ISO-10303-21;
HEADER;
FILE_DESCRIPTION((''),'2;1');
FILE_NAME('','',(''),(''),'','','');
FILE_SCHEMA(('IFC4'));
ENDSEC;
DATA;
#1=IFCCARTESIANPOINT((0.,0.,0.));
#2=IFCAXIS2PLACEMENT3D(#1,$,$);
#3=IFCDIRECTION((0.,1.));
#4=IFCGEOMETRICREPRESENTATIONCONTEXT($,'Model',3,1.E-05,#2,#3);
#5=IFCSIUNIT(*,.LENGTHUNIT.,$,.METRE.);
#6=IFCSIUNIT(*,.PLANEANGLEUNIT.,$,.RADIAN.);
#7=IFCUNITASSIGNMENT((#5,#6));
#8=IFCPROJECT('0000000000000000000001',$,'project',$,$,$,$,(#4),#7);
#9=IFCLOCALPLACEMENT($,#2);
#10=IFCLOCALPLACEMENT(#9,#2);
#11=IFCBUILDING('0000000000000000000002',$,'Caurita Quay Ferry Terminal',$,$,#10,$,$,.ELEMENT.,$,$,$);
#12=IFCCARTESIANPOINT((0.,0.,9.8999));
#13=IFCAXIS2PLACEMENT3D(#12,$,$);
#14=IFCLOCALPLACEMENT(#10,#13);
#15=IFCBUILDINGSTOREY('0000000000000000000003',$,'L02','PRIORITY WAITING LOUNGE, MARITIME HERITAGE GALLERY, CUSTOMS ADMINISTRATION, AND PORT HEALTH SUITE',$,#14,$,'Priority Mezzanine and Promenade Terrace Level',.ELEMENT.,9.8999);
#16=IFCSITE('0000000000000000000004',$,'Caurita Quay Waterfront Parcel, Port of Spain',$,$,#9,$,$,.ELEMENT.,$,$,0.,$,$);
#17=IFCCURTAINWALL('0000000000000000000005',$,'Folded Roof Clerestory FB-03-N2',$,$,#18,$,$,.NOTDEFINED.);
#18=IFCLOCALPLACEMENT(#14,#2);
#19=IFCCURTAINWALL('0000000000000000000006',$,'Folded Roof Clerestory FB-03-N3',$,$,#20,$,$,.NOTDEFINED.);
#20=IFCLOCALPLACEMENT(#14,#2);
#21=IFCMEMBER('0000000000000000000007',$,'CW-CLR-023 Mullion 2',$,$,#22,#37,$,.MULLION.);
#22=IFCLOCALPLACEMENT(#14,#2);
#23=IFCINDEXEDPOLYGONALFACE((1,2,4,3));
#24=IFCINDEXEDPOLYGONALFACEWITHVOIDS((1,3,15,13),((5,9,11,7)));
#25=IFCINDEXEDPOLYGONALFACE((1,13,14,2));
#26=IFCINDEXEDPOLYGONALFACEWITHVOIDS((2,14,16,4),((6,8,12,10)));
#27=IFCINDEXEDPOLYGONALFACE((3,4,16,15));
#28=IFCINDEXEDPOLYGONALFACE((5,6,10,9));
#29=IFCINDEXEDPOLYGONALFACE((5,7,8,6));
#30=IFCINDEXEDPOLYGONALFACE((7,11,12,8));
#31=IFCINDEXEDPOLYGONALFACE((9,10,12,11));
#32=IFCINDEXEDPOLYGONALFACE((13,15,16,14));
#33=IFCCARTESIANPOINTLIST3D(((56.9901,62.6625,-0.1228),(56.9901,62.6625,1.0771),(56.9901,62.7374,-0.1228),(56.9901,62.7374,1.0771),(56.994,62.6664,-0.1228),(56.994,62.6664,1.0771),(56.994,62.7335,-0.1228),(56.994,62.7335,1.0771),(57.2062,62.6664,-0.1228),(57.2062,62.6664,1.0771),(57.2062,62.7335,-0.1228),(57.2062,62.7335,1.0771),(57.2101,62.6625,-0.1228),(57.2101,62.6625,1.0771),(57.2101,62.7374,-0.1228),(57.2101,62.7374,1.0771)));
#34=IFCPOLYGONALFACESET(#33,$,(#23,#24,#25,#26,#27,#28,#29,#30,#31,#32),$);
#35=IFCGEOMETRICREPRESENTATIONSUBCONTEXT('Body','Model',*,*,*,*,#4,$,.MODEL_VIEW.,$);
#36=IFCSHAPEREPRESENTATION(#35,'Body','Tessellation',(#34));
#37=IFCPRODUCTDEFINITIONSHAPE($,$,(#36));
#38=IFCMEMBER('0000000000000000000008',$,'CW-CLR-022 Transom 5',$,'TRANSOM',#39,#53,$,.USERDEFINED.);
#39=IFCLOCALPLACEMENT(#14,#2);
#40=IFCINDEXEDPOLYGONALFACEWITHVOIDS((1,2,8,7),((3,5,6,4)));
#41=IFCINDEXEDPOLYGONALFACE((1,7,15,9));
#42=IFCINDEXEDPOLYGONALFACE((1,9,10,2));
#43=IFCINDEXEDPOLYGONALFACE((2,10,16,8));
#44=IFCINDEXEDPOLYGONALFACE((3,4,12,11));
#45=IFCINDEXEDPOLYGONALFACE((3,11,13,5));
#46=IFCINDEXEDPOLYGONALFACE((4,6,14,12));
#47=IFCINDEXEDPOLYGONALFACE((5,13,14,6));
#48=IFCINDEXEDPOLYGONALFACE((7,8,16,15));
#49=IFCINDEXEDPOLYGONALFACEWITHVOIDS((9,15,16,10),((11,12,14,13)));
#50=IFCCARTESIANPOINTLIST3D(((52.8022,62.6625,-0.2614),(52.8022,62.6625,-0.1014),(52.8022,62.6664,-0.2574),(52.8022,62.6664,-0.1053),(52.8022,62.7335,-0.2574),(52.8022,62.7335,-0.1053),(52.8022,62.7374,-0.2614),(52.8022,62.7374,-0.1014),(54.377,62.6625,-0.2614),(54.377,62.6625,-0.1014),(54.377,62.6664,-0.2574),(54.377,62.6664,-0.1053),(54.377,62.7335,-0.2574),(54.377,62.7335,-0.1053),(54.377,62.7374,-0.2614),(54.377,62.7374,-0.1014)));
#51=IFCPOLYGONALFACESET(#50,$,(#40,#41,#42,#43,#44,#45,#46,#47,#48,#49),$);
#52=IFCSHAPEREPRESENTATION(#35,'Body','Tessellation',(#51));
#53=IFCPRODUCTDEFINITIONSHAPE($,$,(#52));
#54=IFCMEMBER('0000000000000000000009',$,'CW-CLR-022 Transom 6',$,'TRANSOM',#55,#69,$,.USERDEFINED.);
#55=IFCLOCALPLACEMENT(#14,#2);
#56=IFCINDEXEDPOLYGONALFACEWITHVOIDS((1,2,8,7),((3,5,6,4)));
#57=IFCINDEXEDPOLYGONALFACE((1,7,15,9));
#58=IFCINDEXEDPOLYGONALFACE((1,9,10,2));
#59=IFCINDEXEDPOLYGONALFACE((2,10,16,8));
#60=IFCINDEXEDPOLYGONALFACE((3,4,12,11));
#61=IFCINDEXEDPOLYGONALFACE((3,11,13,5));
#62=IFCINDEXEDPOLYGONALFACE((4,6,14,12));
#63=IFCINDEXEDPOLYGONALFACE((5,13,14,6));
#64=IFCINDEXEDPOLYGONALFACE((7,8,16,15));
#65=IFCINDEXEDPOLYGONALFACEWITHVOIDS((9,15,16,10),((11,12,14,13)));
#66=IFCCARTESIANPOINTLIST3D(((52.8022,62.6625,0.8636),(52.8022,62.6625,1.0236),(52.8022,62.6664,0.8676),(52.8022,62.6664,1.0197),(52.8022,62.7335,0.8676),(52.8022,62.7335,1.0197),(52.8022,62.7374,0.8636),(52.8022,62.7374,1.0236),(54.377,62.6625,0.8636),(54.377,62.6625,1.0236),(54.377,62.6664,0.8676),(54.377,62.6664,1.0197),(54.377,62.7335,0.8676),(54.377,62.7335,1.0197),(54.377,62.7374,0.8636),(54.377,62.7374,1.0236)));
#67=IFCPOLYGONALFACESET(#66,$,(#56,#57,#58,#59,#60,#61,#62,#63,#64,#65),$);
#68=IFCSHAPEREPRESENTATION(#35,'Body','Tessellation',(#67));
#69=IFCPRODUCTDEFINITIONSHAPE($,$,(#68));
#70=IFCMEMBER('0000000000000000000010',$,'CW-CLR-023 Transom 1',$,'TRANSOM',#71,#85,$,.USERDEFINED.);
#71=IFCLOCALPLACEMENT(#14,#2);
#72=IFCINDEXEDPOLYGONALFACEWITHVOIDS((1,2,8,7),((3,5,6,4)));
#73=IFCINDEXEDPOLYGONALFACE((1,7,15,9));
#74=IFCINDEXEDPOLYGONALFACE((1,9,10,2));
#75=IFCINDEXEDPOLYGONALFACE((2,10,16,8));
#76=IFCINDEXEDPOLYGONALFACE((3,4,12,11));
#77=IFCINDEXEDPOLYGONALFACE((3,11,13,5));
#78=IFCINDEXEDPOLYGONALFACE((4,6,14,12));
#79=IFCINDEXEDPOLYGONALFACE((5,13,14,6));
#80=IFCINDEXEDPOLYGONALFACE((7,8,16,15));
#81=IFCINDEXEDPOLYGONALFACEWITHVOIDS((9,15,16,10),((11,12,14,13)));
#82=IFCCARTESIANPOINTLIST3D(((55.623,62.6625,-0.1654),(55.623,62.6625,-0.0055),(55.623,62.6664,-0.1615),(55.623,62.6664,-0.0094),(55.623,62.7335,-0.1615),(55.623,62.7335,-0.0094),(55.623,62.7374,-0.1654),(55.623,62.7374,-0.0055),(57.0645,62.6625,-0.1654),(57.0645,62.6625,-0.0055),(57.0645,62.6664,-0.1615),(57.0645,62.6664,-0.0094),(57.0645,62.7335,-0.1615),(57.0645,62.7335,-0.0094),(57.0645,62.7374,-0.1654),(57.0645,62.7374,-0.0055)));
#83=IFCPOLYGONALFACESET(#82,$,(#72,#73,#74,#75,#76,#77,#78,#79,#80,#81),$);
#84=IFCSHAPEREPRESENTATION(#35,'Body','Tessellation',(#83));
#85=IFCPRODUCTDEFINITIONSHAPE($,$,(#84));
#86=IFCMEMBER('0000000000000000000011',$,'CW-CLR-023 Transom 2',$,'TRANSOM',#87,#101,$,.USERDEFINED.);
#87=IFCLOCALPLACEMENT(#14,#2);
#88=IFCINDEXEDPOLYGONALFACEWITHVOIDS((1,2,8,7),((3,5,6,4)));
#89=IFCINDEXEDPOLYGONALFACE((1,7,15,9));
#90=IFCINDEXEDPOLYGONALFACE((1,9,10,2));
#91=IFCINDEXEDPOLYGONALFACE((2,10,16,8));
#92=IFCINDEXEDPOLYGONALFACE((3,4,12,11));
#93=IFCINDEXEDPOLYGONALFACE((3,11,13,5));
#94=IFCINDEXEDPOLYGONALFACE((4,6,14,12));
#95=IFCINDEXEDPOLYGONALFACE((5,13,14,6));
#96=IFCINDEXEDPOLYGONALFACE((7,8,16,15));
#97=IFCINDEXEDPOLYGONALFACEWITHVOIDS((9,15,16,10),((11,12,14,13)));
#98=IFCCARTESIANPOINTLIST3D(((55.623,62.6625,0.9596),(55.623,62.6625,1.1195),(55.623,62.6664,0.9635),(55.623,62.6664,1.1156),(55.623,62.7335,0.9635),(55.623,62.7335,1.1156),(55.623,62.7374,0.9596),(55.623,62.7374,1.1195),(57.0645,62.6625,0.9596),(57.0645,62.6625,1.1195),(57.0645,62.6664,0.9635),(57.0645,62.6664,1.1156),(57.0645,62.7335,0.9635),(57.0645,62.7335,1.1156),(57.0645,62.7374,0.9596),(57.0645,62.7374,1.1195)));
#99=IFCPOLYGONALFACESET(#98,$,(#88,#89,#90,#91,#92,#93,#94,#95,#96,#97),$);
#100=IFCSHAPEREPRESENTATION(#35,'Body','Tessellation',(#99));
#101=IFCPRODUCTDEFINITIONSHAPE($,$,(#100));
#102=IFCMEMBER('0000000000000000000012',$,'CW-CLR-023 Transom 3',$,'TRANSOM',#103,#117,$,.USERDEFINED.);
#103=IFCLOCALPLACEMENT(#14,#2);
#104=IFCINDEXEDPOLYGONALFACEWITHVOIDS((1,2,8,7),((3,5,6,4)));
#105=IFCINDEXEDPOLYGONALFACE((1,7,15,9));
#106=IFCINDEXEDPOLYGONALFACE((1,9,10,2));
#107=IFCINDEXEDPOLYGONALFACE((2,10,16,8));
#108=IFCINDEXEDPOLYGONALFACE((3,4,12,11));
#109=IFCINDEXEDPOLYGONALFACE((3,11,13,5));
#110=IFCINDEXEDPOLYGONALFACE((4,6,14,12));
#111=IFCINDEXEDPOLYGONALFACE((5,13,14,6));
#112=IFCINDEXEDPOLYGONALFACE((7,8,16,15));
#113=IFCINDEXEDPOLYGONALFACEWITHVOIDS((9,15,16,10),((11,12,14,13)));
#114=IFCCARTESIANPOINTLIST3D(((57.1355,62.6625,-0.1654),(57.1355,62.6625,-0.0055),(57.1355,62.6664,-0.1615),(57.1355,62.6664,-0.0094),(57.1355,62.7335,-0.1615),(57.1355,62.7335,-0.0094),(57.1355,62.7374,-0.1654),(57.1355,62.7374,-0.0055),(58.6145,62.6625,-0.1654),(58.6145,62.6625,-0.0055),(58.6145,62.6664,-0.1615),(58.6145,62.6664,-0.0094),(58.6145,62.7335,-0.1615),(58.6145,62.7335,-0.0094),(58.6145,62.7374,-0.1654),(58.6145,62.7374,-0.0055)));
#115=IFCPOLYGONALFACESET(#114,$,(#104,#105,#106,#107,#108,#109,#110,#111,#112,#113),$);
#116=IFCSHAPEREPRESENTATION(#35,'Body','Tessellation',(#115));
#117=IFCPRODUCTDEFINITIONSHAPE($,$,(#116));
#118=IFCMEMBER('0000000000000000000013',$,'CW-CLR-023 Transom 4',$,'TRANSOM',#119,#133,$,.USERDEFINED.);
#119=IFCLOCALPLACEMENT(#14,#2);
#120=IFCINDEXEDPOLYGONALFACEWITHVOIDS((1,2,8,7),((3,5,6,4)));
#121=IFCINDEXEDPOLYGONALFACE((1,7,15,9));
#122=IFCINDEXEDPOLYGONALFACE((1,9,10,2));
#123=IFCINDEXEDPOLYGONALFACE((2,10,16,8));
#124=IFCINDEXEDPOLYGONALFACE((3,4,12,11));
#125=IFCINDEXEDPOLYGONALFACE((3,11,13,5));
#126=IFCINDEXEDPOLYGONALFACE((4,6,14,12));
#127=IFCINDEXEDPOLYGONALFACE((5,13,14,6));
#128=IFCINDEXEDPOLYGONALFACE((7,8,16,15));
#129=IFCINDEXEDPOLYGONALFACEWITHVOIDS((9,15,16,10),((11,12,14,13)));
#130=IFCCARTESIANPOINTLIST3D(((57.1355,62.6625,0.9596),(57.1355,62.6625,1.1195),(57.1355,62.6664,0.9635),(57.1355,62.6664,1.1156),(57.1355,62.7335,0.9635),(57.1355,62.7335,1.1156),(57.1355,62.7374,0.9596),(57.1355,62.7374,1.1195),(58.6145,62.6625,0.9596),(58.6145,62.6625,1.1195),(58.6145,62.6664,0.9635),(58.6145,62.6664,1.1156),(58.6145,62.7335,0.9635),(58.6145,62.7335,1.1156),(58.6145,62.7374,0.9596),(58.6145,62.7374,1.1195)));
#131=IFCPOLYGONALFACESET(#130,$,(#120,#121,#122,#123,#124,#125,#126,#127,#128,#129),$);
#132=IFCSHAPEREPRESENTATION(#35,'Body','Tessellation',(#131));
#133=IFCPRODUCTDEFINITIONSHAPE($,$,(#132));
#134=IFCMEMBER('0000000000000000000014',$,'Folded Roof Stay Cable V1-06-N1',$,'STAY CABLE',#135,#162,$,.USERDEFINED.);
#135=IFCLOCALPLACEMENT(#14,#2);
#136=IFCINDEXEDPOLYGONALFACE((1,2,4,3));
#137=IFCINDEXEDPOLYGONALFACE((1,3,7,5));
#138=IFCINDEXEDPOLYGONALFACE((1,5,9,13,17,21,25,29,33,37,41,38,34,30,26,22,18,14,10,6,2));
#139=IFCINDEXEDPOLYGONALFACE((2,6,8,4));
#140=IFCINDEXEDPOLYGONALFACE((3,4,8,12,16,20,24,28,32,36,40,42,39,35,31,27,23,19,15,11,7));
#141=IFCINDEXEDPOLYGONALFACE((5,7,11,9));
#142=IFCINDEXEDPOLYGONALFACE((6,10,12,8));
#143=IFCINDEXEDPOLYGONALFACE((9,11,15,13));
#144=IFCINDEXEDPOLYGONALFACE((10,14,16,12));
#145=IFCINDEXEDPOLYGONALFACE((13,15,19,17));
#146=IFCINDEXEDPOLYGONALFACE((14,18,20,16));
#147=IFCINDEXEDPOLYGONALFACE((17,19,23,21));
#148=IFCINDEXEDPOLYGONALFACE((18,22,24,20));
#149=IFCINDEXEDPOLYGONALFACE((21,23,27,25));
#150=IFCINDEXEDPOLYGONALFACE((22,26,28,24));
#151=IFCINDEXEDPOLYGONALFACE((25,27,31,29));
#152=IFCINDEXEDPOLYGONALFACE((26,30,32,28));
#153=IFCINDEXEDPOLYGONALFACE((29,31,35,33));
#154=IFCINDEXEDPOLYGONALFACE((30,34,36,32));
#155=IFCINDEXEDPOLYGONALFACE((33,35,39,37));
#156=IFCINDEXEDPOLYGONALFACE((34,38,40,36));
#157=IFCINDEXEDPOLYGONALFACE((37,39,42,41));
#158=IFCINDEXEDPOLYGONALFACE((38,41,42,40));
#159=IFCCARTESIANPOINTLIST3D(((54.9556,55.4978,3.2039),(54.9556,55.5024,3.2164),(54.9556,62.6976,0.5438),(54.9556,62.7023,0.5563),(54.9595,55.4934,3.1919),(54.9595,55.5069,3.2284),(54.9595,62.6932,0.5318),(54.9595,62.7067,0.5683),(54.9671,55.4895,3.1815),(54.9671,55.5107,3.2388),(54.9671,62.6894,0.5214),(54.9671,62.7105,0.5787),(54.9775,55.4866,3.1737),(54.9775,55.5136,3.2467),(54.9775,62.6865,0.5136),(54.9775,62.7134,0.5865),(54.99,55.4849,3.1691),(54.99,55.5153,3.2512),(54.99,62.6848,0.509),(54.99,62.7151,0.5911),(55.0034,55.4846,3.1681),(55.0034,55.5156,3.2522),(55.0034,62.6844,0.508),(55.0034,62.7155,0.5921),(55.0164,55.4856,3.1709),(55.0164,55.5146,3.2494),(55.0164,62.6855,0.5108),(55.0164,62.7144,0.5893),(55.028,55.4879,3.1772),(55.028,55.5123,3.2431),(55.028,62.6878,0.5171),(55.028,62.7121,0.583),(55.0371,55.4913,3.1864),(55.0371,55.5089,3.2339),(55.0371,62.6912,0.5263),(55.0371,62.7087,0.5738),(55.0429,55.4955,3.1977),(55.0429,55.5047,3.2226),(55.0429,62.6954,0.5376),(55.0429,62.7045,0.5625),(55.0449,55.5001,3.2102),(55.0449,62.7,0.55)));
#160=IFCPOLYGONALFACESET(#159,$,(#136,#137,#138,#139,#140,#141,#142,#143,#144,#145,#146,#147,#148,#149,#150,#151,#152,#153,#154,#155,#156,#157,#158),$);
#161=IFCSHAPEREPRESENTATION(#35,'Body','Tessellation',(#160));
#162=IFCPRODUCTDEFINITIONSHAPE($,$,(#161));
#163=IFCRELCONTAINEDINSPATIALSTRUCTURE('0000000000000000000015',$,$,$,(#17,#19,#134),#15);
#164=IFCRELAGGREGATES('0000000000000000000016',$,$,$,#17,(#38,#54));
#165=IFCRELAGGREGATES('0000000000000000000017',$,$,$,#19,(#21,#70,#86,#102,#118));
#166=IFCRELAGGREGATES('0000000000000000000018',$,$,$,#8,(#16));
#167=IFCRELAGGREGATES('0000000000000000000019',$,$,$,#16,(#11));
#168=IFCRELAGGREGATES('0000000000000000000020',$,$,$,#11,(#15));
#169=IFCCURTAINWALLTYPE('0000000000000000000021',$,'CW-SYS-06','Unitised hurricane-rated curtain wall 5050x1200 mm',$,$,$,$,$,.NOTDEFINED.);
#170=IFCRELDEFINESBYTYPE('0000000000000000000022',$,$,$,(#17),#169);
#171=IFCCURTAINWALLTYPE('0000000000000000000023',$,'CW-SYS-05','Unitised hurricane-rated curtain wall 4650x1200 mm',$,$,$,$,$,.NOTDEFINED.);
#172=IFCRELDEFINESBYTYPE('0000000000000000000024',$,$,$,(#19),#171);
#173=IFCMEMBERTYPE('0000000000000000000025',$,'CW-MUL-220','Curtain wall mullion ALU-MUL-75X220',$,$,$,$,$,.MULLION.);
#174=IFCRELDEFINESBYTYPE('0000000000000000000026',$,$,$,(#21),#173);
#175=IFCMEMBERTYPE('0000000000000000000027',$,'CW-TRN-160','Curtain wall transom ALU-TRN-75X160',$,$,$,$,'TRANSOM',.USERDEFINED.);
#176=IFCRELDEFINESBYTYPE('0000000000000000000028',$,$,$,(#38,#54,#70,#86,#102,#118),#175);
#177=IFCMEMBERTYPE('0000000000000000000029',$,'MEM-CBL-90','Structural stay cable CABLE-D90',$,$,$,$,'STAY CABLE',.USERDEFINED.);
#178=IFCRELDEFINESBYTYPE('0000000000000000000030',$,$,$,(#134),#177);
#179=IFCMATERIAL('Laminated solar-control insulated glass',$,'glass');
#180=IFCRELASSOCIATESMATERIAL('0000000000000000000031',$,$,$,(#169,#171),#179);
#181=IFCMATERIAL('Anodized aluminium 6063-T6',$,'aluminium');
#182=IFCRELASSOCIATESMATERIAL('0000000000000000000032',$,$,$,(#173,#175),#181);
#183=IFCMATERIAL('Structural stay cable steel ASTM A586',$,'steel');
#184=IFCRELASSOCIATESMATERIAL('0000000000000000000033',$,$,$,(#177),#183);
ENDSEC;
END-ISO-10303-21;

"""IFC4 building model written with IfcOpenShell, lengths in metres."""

from ifc_helpers import new_model, si_unit, direction, frame, origin, origin_2d, place, context, subcontext, project, spatial, hollow_rectangle, circle, extrude, material, material_profile, profile_set, type_object, element, aggregate, save


model = new_model("IFC4")

# Units and contexts
model_context = context("Model", 3, precision=1e-05, world=origin(), true_north=direction((0.0, 1.0)))
body_context = subcontext(model_context, "Body", "Model", "MODEL_VIEW")
ifc_project = project(units=[si_unit("LENGTHUNIT", "METRE"), si_unit("PLANEANGLEUNIT", "RADIAN")], contexts=[model_context])

# Site, building, storey
site_placement = place(None, origin())
site = spatial("IfcSite", under=ifc_project, at=site_placement, Name="Caurita Quay Waterfront Parcel, Port of Spain", CompositionType="ELEMENT", RefElevation=0.0)
building_placement = place(site_placement, origin())
building = spatial("IfcBuilding", under=site, at=building_placement, Name="Caurita Quay Ferry Terminal", CompositionType="ELEMENT")
storey_placement = place(building_placement, frame((0.0, 0.0, 9.8999)))
storey = spatial("IfcBuildingStorey", under=building, at=storey_placement, Name="L02", Description="PRIORITY WAITING LOUNGE, MARITIME HERITAGE GALLERY, CUSTOMS ADMINISTRATION, AND PORT HEALTH SUITE", LongName="Priority Mezzanine and Promenade Terrace Level", CompositionType="ELEMENT", Elevation=9.8999)

# Curtain walls, member
ifc_material_1 = material(Name="Laminated solar-control insulated glass", Category="glass")
curtain_wall_type_1 = type_object("IfcCurtainWallType", Name="CW-SYS-06", Description="Unitised hurricane-rated curtain wall 5050x1200 mm", PredefinedType="NOTDEFINED", material=ifc_material_1)
curtain_wall_1_placement = place(storey_placement, origin())
curtain_wall_1 = element("IfcCurtainWall", 1, at=curtain_wall_1_placement, inside=storey, type_object=curtain_wall_type_1, Name="Folded Roof Clerestory FB-03-N2", PredefinedType="NOTDEFINED")
ifc_material_2 = material(Name="Anodized aluminium 6063-T6", Category="aluminium")
ifc_material_profile_1 = material_profile(ifc_material_2, hollow_rectangle(XDim=0.075, YDim=0.22, WallThickness=0.0039, at=origin_2d()), Name="ALU-MUL-75X220")
ifc_profile_set_1 = profile_set([ifc_material_profile_1], Name="Anodized aluminium 6063-T6")
member_type_1 = type_object("IfcMemberType", Name="CW-MUL-220", Description="Curtain wall mullion ALU-MUL-75X220", PredefinedType="MULLION", material=ifc_profile_set_1)
curtain_wall_type_2 = type_object("IfcCurtainWallType", Name="CW-SYS-05", Description="Unitised hurricane-rated curtain wall 4650x1200 mm", PredefinedType="NOTDEFINED", material=ifc_material_1)
curtain_wall_2_placement = place(storey_placement, origin())
curtain_wall_2 = element("IfcCurtainWall", 2, at=curtain_wall_2_placement, inside=storey, type_object=curtain_wall_type_2, Name="Folded Roof Clerestory FB-03-N3", PredefinedType="NOTDEFINED")
member_1_placement = place(storey_placement, frame((57.1001, 62.7, -0.1228), z_axis=(0.0, 0.0, 1.0), x_axis=(0.0, 1.0, 0.0)))
member_1 = element("IfcMember", 3, at=member_1_placement, type_object=member_type_1, Name="CW-CLR-023 Mullion 2", PredefinedType="MULLION", context=body_context, shape_type="SweptSolid", body=[
    extrude(hollow_rectangle(XDim=0.075, YDim=0.22, WallThickness=0.0039, at=origin_2d()), origin(), (0.0, 0.0, 1.0), 1.2),
])

# Members
ifc_material_profile_2 = material_profile(ifc_material_2, hollow_rectangle(XDim=0.075, YDim=0.1599, WallThickness=0.0039, at=origin_2d()), Name="ALU-TRN-75X160")
ifc_profile_set_2 = profile_set([ifc_material_profile_2], Name="Anodized aluminium 6063-T6")
member_type_2 = type_object("IfcMemberType", Name="CW-TRN-160", Description="Curtain wall transom ALU-TRN-75X160", ElementType="TRANSOM", PredefinedType="USERDEFINED", material=ifc_profile_set_2)
member_2_placement = place(storey_placement, frame((52.8022, 62.7, -0.1814), z_axis=(1.0, 0.0, 0.0), x_axis=(0.0, 1.0, 0.0)))
member_2 = element("IfcMember", 4, at=member_2_placement, type_object=member_type_2, Name="CW-CLR-022 Transom 5", ObjectType="TRANSOM", PredefinedType="USERDEFINED", context=body_context, shape_type="SweptSolid", body=[
    extrude(hollow_rectangle(XDim=0.075, YDim=0.1599, WallThickness=0.0039, at=origin_2d()), origin(), (0.0, 0.0, 1.0), 1.5747),
])
member_3_placement = place(storey_placement, frame((52.8022, 62.7, 0.9436), z_axis=(1.0, 0.0, 0.0), x_axis=(0.0, 1.0, 0.0)))
member_3 = element("IfcMember", 5, at=member_3_placement, type_object=member_type_2, Name="CW-CLR-022 Transom 6", ObjectType="TRANSOM", PredefinedType="USERDEFINED", context=body_context, shape_type="SweptSolid", body=[
    extrude(hollow_rectangle(XDim=0.075, YDim=0.1599, WallThickness=0.0039, at=origin_2d()), origin(), (0.0, 0.0, 1.0), 1.5747),
])
member_4_placement = place(storey_placement, frame((55.623, 62.7, -0.0854), z_axis=(1.0, 0.0, 0.0), x_axis=(0.0, 1.0, 0.0)))
member_4 = element("IfcMember", 6, at=member_4_placement, type_object=member_type_2, Name="CW-CLR-023 Transom 1", ObjectType="TRANSOM", PredefinedType="USERDEFINED", context=body_context, shape_type="SweptSolid", body=[
    extrude(hollow_rectangle(XDim=0.075, YDim=0.1599, WallThickness=0.0039, at=origin_2d()), origin(), (0.0, 0.0, 1.0), 1.4414),
])
member_5_placement = place(storey_placement, frame((55.623, 62.7, 1.0396), z_axis=(1.0, 0.0, 0.0), x_axis=(0.0, 1.0, 0.0)))
member_5 = element("IfcMember", 7, at=member_5_placement, type_object=member_type_2, Name="CW-CLR-023 Transom 2", ObjectType="TRANSOM", PredefinedType="USERDEFINED", context=body_context, shape_type="SweptSolid", body=[
    extrude(hollow_rectangle(XDim=0.075, YDim=0.1599, WallThickness=0.0039, at=origin_2d()), origin(), (0.0, 0.0, 1.0), 1.4414),
])
member_6_placement = place(storey_placement, frame((57.1355, 62.7, -0.0854), z_axis=(1.0, 0.0, 0.0), x_axis=(0.0, 1.0, 0.0)))
member_6 = element("IfcMember", 8, at=member_6_placement, type_object=member_type_2, Name="CW-CLR-023 Transom 3", ObjectType="TRANSOM", PredefinedType="USERDEFINED", context=body_context, shape_type="SweptSolid", body=[
    extrude(hollow_rectangle(XDim=0.075, YDim=0.1599, WallThickness=0.0039, at=origin_2d()), origin(), (0.0, 0.0, 1.0), 1.479),
])
member_7_placement = place(storey_placement, frame((57.1355, 62.7, 1.0396), z_axis=(1.0, 0.0, 0.0), x_axis=(0.0, 1.0, 0.0)))
member_7 = element("IfcMember", 9, at=member_7_placement, type_object=member_type_2, Name="CW-CLR-023 Transom 4", ObjectType="TRANSOM", PredefinedType="USERDEFINED", context=body_context, shape_type="SweptSolid", body=[
    extrude(hollow_rectangle(XDim=0.075, YDim=0.1599, WallThickness=0.0039, at=origin_2d()), origin(), (0.0, 0.0, 1.0), 1.479),
])

# Member
ifc_material_3 = material(Name="Structural stay cable steel ASTM A586", Category="steel")
ifc_material_profile_3 = material_profile(ifc_material_3, circle(Radius=0.0449, at=origin_2d()), Name="CABLE-D90")
ifc_profile_set_3 = profile_set([ifc_material_profile_3], Name="Structural stay cable steel ASTM A586")
member_type_3 = type_object("IfcMemberType", Name="MEM-CBL-90", Description="Structural stay cable CABLE-D90", ElementType="STAY CABLE", PredefinedType="USERDEFINED", material=ifc_profile_set_3)
member_8_placement = place(storey_placement, frame((55.0, 62.7, 0.55), z_axis=(0.0, -0.938024, 0.34657), x_axis=(1.0, 0.0, 0.0)))
element("IfcMember", 10, at=member_8_placement, inside=storey, type_object=member_type_3, Name="Folded Roof Stay Cable V1-06-N1", ObjectType="STAY CABLE", PredefinedType="USERDEFINED", context=body_context, shape_type="SweptSolid", body=[
    extrude(circle(Radius=0.0449, at=origin_2d()), origin(), (0.0, 0.0, 1.0), 7.6755),
])

aggregate(curtain_wall_1, [member_2, member_3])
aggregate(curtain_wall_2, [member_1, member_4, member_5, member_6, member_7])

save(model, "model.ifc")
